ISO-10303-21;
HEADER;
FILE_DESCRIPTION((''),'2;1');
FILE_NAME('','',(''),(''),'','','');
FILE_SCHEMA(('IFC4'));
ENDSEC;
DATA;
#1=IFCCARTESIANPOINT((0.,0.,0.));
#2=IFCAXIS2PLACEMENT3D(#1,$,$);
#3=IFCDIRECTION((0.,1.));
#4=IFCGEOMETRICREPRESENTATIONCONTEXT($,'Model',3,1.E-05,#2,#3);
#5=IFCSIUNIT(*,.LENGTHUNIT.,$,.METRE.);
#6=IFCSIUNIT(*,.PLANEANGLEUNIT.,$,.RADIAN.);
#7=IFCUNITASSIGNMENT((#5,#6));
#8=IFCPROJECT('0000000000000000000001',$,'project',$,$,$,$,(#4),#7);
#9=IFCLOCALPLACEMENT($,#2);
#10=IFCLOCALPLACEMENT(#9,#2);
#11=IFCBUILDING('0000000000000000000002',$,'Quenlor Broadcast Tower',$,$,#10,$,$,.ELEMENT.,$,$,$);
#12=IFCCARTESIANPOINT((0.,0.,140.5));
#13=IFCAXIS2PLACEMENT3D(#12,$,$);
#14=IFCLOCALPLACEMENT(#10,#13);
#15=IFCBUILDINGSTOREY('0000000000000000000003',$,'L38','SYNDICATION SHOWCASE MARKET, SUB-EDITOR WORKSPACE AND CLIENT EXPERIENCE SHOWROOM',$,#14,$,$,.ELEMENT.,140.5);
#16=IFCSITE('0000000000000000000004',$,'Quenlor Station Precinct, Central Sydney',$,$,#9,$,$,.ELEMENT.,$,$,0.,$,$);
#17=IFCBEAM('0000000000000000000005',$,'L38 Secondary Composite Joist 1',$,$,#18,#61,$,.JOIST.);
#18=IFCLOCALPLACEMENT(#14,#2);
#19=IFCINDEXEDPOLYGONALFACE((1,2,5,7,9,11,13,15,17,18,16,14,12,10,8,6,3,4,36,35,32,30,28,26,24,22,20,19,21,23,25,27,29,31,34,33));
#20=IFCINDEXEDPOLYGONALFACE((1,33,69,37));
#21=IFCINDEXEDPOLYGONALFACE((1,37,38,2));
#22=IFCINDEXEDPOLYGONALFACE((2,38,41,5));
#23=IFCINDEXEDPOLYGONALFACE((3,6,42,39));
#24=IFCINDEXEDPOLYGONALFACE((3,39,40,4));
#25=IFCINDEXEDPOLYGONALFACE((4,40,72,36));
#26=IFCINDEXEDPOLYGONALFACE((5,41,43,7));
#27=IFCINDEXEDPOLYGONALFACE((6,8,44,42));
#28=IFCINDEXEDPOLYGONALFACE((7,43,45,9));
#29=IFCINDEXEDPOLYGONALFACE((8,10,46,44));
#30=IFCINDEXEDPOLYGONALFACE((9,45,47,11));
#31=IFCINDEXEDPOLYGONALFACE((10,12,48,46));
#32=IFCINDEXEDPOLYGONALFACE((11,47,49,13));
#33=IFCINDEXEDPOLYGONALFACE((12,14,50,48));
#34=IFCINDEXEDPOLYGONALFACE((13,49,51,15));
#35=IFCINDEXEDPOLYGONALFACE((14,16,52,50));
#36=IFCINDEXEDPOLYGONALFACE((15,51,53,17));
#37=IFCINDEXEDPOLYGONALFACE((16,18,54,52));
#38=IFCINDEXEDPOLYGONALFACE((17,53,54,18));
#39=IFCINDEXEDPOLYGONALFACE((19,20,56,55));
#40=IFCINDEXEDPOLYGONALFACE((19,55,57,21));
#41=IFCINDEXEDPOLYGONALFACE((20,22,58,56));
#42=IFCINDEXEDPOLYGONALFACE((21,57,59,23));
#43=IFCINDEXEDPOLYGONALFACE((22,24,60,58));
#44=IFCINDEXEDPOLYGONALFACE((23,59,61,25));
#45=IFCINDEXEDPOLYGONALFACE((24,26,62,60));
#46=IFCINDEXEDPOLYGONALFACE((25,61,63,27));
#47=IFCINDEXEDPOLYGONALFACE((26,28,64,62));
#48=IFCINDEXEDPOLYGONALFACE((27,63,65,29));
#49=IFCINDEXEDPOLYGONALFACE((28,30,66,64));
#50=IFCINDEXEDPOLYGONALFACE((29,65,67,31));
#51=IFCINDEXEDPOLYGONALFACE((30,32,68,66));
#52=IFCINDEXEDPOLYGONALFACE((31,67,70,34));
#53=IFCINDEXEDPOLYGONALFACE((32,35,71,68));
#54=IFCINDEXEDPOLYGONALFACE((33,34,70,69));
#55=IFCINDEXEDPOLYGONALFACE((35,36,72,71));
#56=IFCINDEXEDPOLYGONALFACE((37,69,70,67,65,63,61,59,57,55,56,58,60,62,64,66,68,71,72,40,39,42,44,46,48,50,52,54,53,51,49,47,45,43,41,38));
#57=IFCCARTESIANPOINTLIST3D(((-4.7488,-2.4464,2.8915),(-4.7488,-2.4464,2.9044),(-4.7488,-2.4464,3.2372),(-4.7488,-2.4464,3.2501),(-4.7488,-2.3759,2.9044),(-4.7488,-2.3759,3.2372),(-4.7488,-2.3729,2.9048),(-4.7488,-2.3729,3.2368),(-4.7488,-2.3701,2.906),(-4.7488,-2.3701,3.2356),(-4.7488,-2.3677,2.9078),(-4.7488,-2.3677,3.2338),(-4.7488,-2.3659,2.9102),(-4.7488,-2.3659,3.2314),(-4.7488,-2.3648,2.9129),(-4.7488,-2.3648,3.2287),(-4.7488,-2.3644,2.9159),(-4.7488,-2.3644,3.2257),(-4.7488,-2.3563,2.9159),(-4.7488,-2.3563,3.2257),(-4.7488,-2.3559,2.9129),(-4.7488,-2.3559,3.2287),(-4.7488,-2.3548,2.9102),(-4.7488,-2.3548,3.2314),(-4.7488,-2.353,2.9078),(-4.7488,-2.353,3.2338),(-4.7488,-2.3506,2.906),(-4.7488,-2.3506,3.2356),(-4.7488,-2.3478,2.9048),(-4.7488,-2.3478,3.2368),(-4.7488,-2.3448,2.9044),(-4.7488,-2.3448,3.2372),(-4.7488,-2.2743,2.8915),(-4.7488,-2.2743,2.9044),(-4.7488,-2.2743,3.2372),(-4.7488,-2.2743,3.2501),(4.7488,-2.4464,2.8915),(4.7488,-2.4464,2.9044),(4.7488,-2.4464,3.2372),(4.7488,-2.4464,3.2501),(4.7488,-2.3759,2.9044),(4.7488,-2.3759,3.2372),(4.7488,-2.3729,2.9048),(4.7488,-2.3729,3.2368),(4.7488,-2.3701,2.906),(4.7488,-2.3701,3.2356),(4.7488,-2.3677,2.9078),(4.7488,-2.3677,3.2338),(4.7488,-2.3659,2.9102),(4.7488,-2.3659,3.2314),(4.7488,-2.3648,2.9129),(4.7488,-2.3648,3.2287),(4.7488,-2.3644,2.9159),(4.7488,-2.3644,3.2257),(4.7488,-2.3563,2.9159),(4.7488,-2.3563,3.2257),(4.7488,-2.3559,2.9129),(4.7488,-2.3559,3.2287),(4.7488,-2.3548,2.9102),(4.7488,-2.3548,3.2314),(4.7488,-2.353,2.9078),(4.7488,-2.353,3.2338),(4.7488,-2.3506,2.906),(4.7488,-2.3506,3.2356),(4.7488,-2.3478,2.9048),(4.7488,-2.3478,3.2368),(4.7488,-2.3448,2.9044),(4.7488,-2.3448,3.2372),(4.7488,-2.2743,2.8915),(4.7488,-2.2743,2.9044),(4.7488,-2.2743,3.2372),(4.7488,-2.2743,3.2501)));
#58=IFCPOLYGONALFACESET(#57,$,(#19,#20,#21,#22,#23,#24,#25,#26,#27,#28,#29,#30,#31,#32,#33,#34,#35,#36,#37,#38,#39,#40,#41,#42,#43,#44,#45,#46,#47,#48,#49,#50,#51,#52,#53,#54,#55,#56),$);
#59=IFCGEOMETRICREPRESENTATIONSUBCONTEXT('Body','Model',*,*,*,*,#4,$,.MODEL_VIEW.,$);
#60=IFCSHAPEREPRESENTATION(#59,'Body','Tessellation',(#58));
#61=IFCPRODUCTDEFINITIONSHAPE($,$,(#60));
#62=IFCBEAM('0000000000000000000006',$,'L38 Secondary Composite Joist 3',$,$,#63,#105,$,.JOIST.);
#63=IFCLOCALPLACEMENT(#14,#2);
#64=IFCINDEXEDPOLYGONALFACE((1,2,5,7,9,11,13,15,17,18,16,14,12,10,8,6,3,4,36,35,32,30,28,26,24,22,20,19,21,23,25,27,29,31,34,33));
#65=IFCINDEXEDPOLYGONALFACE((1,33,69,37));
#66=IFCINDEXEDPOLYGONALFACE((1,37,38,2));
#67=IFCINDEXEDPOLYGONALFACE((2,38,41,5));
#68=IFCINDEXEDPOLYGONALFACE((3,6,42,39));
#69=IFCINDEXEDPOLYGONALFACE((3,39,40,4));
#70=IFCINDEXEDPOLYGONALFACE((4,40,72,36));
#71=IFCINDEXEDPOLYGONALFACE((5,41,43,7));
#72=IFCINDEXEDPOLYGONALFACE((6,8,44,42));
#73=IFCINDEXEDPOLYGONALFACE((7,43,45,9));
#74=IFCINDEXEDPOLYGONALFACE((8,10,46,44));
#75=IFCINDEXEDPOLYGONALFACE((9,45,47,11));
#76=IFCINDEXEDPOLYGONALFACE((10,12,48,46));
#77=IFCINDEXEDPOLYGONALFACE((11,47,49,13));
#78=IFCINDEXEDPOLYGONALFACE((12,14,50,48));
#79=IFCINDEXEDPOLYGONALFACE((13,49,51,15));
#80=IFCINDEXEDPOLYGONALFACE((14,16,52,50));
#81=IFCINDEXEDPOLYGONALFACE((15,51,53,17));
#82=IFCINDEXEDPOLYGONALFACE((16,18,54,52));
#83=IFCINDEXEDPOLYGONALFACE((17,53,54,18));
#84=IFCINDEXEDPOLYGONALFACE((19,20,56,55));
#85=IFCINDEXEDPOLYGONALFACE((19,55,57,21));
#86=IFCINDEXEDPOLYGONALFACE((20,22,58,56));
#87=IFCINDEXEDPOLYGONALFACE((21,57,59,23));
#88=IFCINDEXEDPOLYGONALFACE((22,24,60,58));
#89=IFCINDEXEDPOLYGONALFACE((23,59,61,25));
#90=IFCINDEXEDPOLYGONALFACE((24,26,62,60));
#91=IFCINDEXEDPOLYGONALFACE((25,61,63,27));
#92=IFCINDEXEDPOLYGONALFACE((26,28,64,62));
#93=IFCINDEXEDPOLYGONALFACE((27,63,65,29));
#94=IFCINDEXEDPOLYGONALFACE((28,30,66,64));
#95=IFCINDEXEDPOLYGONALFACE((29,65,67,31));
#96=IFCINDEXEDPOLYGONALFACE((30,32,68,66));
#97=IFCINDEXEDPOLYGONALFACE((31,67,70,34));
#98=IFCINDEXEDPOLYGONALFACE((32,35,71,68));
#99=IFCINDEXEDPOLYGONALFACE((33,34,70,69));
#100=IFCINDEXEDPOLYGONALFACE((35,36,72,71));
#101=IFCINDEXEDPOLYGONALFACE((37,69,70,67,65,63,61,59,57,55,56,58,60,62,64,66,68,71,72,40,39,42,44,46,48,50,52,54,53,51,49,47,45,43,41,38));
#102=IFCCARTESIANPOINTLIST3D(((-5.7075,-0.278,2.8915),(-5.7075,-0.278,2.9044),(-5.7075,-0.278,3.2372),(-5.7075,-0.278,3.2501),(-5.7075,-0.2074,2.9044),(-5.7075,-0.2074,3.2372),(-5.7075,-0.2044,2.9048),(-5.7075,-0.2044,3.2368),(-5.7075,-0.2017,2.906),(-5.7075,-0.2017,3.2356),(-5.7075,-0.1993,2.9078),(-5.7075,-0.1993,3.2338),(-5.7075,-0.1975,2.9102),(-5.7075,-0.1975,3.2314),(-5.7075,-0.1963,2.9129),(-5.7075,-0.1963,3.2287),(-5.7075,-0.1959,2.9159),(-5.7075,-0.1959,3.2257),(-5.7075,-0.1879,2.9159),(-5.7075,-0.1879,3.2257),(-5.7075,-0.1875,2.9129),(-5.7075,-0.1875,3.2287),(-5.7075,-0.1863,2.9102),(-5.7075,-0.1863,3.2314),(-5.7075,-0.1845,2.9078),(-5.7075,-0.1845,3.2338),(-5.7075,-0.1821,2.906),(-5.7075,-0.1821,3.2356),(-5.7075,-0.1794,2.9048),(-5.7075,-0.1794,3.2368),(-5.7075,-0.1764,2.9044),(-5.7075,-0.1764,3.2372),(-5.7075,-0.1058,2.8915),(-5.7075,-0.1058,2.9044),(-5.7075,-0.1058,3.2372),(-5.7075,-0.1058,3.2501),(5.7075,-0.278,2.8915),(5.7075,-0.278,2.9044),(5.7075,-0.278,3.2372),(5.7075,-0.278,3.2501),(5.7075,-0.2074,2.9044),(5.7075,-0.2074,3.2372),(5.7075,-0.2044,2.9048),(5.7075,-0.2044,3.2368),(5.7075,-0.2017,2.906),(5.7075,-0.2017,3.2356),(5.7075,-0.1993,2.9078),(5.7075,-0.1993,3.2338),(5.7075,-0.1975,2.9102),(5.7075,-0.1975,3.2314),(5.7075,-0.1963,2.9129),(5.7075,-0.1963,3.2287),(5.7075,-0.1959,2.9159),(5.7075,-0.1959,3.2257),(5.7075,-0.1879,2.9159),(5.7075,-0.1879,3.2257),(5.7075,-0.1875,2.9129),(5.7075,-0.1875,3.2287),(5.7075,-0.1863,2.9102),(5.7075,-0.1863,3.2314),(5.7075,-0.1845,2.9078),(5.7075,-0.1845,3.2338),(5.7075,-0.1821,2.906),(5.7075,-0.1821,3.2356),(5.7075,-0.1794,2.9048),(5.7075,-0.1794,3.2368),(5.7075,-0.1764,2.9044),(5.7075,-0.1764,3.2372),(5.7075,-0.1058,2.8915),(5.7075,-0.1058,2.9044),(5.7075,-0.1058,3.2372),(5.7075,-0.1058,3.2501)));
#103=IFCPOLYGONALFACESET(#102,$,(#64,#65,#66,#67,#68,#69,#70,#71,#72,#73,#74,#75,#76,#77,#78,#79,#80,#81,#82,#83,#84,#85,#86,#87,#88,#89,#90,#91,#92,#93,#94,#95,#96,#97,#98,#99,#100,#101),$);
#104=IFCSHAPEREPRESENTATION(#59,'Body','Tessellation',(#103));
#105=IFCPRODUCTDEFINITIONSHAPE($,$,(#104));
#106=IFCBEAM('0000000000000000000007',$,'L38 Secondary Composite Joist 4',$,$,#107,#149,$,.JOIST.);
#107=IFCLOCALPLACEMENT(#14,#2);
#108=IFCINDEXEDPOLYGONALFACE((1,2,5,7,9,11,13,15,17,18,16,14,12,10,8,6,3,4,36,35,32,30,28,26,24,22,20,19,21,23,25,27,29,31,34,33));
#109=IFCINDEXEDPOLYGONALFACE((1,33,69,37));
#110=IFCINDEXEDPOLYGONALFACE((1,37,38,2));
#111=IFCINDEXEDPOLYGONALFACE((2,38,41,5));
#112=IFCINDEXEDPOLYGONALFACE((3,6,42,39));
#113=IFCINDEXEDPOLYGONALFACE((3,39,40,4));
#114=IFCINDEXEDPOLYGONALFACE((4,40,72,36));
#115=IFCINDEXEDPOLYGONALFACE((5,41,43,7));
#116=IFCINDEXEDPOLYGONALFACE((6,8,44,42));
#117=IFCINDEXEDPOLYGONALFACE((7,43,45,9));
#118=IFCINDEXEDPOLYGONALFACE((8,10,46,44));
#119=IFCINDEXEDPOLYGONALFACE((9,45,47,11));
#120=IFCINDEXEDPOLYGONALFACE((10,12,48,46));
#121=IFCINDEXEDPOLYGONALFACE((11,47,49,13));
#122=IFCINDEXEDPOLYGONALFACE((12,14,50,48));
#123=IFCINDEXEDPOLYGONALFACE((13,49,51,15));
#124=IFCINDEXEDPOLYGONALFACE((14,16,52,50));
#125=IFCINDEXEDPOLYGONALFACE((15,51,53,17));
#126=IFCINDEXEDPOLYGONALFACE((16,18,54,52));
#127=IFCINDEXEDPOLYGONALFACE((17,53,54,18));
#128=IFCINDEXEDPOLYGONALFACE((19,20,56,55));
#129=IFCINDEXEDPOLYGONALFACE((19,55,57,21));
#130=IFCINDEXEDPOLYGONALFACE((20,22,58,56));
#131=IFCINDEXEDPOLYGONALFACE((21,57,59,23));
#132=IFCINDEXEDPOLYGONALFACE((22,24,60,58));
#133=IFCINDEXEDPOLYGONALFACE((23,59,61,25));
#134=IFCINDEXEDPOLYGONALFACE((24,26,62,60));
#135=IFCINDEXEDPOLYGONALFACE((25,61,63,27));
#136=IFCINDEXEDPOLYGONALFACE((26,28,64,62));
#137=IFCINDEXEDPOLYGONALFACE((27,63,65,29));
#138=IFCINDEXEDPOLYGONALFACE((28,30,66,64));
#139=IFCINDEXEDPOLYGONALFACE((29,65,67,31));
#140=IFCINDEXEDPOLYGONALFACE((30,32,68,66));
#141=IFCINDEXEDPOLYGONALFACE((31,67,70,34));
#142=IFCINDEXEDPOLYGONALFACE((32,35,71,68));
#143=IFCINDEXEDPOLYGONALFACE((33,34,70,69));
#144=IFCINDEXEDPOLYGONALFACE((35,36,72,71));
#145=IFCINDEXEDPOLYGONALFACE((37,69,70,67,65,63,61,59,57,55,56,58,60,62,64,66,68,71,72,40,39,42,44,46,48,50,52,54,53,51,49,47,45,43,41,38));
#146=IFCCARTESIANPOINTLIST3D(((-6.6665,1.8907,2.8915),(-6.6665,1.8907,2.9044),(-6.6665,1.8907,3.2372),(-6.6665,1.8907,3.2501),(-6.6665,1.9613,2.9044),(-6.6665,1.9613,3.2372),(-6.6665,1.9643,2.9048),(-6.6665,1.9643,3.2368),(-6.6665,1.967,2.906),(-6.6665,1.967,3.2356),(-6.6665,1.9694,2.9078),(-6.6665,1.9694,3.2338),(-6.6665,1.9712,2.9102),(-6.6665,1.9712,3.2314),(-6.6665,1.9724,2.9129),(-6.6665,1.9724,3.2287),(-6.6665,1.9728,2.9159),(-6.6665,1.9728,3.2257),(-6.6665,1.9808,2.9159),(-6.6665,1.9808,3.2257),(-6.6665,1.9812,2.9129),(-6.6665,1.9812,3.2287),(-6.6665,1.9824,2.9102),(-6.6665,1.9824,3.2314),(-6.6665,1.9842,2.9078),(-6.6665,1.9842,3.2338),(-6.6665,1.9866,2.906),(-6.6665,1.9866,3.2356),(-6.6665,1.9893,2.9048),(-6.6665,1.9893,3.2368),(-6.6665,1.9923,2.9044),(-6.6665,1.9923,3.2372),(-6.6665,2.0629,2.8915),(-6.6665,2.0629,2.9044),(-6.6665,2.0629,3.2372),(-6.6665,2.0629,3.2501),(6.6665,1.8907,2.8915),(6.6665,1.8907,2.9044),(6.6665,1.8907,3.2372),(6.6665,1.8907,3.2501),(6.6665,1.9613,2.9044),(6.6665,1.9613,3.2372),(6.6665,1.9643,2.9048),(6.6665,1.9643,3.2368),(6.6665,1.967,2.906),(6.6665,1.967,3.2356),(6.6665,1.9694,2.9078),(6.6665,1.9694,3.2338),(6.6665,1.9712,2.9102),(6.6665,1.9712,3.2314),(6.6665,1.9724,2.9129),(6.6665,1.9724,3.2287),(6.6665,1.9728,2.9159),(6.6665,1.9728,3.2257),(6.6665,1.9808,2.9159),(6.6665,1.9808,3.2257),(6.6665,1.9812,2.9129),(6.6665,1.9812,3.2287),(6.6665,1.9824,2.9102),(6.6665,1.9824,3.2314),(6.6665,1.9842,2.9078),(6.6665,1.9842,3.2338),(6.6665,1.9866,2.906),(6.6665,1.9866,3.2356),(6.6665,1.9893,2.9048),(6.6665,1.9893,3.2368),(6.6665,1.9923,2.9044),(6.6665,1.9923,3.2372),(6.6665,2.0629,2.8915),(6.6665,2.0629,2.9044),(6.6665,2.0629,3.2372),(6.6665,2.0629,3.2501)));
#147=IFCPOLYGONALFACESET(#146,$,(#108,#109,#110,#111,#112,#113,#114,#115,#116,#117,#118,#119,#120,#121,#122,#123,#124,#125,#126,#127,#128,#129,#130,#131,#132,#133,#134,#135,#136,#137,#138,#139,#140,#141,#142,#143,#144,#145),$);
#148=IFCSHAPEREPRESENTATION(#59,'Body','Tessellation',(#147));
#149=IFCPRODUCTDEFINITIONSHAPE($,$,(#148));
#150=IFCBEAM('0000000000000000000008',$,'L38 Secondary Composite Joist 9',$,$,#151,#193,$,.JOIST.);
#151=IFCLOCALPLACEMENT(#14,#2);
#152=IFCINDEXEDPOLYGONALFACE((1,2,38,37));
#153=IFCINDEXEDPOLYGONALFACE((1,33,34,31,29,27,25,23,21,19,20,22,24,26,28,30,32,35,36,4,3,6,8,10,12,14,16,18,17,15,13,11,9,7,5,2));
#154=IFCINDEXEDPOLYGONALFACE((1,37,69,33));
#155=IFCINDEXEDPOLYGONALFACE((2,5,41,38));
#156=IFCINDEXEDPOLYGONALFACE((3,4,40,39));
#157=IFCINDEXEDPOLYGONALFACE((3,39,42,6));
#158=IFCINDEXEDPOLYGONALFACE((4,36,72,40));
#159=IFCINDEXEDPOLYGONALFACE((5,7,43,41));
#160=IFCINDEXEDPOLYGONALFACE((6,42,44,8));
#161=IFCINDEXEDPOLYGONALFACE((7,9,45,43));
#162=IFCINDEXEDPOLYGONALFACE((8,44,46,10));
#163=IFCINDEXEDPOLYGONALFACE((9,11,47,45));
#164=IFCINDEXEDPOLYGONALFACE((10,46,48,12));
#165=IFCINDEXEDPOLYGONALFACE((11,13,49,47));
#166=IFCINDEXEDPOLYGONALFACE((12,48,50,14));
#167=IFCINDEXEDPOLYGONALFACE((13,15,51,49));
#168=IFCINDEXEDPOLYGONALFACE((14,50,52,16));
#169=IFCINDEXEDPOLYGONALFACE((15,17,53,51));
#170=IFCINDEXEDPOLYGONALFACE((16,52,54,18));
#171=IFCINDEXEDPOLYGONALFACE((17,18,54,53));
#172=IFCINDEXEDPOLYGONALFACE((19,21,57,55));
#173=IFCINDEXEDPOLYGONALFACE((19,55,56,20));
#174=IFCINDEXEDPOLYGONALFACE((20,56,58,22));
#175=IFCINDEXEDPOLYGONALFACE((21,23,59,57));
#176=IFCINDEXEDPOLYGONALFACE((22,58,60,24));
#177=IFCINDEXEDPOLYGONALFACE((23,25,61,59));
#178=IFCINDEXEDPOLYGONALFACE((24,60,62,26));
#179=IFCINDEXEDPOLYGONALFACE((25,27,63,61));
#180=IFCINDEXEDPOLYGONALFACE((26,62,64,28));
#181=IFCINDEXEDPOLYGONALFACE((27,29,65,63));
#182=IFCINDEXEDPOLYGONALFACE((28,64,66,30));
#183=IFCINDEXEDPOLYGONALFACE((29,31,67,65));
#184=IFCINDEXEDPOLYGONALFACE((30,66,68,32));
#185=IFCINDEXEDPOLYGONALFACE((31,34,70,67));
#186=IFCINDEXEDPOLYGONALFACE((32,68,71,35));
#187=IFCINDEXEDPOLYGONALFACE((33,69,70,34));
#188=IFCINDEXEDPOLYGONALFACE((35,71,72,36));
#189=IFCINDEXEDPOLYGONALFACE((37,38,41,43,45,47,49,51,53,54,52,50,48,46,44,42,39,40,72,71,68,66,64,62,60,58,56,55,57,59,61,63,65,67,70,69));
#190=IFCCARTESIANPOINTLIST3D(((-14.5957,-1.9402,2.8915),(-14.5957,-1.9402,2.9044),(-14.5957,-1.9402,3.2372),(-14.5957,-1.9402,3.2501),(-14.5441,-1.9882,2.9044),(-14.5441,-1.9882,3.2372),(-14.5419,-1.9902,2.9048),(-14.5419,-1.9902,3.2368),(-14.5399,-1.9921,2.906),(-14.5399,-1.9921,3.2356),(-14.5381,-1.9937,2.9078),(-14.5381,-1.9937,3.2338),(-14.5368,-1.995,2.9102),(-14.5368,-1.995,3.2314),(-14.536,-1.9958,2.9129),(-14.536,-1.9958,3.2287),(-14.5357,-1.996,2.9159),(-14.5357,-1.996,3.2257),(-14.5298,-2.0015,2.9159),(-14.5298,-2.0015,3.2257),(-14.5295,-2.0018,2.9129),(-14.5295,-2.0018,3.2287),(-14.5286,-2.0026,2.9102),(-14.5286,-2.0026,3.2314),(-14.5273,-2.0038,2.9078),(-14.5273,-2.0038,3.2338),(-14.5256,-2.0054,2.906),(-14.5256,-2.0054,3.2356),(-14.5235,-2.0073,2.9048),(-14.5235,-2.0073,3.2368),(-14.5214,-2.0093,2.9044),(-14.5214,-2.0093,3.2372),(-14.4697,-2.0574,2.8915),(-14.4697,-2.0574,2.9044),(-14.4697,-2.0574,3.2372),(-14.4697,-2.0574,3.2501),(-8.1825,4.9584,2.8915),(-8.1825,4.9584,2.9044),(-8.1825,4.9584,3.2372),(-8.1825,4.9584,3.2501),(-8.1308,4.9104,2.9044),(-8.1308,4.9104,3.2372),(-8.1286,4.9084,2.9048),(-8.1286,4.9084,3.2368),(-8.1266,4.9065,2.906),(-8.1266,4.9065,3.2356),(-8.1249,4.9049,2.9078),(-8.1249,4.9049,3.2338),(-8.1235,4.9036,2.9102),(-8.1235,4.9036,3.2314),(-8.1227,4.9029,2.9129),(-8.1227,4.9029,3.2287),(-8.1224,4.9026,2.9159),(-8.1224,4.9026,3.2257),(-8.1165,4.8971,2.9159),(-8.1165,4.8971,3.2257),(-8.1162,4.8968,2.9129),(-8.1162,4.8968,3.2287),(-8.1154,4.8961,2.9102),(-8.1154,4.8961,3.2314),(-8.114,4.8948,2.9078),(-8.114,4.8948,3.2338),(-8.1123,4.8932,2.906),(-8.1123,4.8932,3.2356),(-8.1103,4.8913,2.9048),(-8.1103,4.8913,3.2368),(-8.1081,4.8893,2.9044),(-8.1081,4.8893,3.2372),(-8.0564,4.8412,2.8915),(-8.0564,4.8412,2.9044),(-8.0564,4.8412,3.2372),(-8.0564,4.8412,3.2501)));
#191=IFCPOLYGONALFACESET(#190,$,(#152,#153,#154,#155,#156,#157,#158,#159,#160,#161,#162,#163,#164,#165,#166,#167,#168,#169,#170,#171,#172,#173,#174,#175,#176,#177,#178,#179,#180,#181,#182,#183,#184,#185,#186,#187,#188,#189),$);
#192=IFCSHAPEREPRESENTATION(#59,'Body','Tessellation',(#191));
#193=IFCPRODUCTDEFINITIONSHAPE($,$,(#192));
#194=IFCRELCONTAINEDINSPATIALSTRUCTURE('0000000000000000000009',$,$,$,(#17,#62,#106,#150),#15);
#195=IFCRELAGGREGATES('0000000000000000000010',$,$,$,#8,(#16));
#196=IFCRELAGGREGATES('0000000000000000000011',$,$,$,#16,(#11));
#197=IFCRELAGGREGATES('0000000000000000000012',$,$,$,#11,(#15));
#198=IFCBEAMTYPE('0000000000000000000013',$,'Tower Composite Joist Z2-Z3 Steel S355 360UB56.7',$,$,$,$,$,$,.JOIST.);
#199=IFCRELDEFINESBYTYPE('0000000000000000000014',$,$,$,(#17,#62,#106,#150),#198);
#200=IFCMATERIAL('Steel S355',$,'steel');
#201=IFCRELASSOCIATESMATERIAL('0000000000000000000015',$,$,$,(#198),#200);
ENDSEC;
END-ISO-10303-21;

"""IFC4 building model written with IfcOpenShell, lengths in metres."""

from ifc_helpers import new_model, si_unit, direction, frame, origin, origin_2d, place, context, subcontext, project, spatial, i_section, extrude, material, material_profile, profile_set, type_object, element, save


model = new_model("IFC4")

# Units and contexts
model_context = context("Model", 3, precision=1e-05, world=origin(), true_north=direction((0.0, 1.0)))
body_context = subcontext(model_context, "Body", "Model", "MODEL_VIEW")
ifc_project = project(units=[si_unit("LENGTHUNIT", "METRE"), si_unit("PLANEANGLEUNIT", "RADIAN")], contexts=[model_context])

# Site, building, storey
site_placement = place(None, origin())
site = spatial("IfcSite", under=ifc_project, at=site_placement, Name="Quenlor Station Precinct, Central Sydney", CompositionType="ELEMENT", RefElevation=0.0)
building_placement = place(site_placement, origin())
building = spatial("IfcBuilding", under=site, at=building_placement, Name="Quenlor Broadcast Tower", CompositionType="ELEMENT")
storey_placement = place(building_placement, frame((0.0, 0.0, 140.5)))
storey = spatial("IfcBuildingStorey", under=building, at=storey_placement, Name="L38", Description="SYNDICATION SHOWCASE MARKET, SUB-EDITOR WORKSPACE AND CLIENT EXPERIENCE SHOWROOM", CompositionType="ELEMENT", Elevation=140.5)

# Beams
ifc_material_1 = material(Name="Steel S355", Category="steel")
ifc_material_profile_1 = material_profile(ifc_material_1, i_section(OverallWidth=0.1721, OverallDepth=0.3586, WebThickness=0.0081, FlangeThickness=0.0129, FilletRadius=0.0115, at=origin_2d()))
ifc_profile_set_1 = profile_set([ifc_material_profile_1], Name="Steel S355 360UB56.7")
beam_type_1 = type_object("IfcBeamType", Name="Tower Composite Joist Z2-Z3 Steel S355 360UB56.7", PredefinedType="JOIST", material=ifc_profile_set_1)
beam_1_placement = place(storey_placement, frame((-4.7488, -2.3604, 3.0708), z_axis=(1.0, 0.0, 0.0), x_axis=(0.0, 1.0, 0.0)))
element("IfcBeam", 1, at=beam_1_placement, inside=storey, type_object=beam_type_1, Name="L38 Secondary Composite Joist 1", PredefinedType="JOIST", context=body_context, shape_type="SweptSolid", body=[
    extrude(i_section(OverallWidth=0.1721, OverallDepth=0.3586, WebThickness=0.0081, FlangeThickness=0.0129, FilletRadius=0.0115, at=origin_2d()), origin(), (0.0, 0.0, 1.0), 9.4976),
])
beam_2_placement = place(storey_placement, frame((-5.7075, -0.1919, 3.0708), z_axis=(1.0, 0.0, 0.0), x_axis=(0.0, 1.0, 0.0)))
element("IfcBeam", 2, at=beam_2_placement, inside=storey, type_object=beam_type_1, Name="L38 Secondary Composite Joist 3", PredefinedType="JOIST", context=body_context, shape_type="SweptSolid", body=[
    extrude(i_section(OverallWidth=0.1721, OverallDepth=0.3586, WebThickness=0.0081, FlangeThickness=0.0129, FilletRadius=0.0115, at=origin_2d()), origin(), (0.0, 0.0, 1.0), 11.415),
])
beam_3_placement = place(storey_placement, frame((-6.6665, 1.9768, 3.0708), z_axis=(1.0, 0.0, 0.0), x_axis=(0.0, 1.0, 0.0)))
element("IfcBeam", 3, at=beam_3_placement, inside=storey, type_object=beam_type_1, Name="L38 Secondary Composite Joist 4", PredefinedType="JOIST", context=body_context, shape_type="SweptSolid", body=[
    extrude(i_section(OverallWidth=0.1721, OverallDepth=0.3586, WebThickness=0.0081, FlangeThickness=0.0129, FilletRadius=0.0115, at=origin_2d()), origin(), (0.0, 0.0, 1.0), 13.333),
])
beam_4_placement = place(storey_placement, frame((-14.5327, -1.9988, 3.0708), z_axis=(0.680874, 0.732401, 0.0), x_axis=(-0.732401, 0.680874, 0.0)))
element("IfcBeam", 4, at=beam_4_placement, inside=storey, type_object=beam_type_1, Name="L38 Secondary Composite Joist 9", PredefinedType="JOIST", context=body_context, shape_type="SweptSolid", body=[
    extrude(i_section(OverallWidth=0.1721, OverallDepth=0.3586, WebThickness=0.0081, FlangeThickness=0.0129, FilletRadius=0.0115, at=origin_2d()), origin(), (0.0, 0.0, 1.0), 9.4192),
])

save(model, "model.ifc")
